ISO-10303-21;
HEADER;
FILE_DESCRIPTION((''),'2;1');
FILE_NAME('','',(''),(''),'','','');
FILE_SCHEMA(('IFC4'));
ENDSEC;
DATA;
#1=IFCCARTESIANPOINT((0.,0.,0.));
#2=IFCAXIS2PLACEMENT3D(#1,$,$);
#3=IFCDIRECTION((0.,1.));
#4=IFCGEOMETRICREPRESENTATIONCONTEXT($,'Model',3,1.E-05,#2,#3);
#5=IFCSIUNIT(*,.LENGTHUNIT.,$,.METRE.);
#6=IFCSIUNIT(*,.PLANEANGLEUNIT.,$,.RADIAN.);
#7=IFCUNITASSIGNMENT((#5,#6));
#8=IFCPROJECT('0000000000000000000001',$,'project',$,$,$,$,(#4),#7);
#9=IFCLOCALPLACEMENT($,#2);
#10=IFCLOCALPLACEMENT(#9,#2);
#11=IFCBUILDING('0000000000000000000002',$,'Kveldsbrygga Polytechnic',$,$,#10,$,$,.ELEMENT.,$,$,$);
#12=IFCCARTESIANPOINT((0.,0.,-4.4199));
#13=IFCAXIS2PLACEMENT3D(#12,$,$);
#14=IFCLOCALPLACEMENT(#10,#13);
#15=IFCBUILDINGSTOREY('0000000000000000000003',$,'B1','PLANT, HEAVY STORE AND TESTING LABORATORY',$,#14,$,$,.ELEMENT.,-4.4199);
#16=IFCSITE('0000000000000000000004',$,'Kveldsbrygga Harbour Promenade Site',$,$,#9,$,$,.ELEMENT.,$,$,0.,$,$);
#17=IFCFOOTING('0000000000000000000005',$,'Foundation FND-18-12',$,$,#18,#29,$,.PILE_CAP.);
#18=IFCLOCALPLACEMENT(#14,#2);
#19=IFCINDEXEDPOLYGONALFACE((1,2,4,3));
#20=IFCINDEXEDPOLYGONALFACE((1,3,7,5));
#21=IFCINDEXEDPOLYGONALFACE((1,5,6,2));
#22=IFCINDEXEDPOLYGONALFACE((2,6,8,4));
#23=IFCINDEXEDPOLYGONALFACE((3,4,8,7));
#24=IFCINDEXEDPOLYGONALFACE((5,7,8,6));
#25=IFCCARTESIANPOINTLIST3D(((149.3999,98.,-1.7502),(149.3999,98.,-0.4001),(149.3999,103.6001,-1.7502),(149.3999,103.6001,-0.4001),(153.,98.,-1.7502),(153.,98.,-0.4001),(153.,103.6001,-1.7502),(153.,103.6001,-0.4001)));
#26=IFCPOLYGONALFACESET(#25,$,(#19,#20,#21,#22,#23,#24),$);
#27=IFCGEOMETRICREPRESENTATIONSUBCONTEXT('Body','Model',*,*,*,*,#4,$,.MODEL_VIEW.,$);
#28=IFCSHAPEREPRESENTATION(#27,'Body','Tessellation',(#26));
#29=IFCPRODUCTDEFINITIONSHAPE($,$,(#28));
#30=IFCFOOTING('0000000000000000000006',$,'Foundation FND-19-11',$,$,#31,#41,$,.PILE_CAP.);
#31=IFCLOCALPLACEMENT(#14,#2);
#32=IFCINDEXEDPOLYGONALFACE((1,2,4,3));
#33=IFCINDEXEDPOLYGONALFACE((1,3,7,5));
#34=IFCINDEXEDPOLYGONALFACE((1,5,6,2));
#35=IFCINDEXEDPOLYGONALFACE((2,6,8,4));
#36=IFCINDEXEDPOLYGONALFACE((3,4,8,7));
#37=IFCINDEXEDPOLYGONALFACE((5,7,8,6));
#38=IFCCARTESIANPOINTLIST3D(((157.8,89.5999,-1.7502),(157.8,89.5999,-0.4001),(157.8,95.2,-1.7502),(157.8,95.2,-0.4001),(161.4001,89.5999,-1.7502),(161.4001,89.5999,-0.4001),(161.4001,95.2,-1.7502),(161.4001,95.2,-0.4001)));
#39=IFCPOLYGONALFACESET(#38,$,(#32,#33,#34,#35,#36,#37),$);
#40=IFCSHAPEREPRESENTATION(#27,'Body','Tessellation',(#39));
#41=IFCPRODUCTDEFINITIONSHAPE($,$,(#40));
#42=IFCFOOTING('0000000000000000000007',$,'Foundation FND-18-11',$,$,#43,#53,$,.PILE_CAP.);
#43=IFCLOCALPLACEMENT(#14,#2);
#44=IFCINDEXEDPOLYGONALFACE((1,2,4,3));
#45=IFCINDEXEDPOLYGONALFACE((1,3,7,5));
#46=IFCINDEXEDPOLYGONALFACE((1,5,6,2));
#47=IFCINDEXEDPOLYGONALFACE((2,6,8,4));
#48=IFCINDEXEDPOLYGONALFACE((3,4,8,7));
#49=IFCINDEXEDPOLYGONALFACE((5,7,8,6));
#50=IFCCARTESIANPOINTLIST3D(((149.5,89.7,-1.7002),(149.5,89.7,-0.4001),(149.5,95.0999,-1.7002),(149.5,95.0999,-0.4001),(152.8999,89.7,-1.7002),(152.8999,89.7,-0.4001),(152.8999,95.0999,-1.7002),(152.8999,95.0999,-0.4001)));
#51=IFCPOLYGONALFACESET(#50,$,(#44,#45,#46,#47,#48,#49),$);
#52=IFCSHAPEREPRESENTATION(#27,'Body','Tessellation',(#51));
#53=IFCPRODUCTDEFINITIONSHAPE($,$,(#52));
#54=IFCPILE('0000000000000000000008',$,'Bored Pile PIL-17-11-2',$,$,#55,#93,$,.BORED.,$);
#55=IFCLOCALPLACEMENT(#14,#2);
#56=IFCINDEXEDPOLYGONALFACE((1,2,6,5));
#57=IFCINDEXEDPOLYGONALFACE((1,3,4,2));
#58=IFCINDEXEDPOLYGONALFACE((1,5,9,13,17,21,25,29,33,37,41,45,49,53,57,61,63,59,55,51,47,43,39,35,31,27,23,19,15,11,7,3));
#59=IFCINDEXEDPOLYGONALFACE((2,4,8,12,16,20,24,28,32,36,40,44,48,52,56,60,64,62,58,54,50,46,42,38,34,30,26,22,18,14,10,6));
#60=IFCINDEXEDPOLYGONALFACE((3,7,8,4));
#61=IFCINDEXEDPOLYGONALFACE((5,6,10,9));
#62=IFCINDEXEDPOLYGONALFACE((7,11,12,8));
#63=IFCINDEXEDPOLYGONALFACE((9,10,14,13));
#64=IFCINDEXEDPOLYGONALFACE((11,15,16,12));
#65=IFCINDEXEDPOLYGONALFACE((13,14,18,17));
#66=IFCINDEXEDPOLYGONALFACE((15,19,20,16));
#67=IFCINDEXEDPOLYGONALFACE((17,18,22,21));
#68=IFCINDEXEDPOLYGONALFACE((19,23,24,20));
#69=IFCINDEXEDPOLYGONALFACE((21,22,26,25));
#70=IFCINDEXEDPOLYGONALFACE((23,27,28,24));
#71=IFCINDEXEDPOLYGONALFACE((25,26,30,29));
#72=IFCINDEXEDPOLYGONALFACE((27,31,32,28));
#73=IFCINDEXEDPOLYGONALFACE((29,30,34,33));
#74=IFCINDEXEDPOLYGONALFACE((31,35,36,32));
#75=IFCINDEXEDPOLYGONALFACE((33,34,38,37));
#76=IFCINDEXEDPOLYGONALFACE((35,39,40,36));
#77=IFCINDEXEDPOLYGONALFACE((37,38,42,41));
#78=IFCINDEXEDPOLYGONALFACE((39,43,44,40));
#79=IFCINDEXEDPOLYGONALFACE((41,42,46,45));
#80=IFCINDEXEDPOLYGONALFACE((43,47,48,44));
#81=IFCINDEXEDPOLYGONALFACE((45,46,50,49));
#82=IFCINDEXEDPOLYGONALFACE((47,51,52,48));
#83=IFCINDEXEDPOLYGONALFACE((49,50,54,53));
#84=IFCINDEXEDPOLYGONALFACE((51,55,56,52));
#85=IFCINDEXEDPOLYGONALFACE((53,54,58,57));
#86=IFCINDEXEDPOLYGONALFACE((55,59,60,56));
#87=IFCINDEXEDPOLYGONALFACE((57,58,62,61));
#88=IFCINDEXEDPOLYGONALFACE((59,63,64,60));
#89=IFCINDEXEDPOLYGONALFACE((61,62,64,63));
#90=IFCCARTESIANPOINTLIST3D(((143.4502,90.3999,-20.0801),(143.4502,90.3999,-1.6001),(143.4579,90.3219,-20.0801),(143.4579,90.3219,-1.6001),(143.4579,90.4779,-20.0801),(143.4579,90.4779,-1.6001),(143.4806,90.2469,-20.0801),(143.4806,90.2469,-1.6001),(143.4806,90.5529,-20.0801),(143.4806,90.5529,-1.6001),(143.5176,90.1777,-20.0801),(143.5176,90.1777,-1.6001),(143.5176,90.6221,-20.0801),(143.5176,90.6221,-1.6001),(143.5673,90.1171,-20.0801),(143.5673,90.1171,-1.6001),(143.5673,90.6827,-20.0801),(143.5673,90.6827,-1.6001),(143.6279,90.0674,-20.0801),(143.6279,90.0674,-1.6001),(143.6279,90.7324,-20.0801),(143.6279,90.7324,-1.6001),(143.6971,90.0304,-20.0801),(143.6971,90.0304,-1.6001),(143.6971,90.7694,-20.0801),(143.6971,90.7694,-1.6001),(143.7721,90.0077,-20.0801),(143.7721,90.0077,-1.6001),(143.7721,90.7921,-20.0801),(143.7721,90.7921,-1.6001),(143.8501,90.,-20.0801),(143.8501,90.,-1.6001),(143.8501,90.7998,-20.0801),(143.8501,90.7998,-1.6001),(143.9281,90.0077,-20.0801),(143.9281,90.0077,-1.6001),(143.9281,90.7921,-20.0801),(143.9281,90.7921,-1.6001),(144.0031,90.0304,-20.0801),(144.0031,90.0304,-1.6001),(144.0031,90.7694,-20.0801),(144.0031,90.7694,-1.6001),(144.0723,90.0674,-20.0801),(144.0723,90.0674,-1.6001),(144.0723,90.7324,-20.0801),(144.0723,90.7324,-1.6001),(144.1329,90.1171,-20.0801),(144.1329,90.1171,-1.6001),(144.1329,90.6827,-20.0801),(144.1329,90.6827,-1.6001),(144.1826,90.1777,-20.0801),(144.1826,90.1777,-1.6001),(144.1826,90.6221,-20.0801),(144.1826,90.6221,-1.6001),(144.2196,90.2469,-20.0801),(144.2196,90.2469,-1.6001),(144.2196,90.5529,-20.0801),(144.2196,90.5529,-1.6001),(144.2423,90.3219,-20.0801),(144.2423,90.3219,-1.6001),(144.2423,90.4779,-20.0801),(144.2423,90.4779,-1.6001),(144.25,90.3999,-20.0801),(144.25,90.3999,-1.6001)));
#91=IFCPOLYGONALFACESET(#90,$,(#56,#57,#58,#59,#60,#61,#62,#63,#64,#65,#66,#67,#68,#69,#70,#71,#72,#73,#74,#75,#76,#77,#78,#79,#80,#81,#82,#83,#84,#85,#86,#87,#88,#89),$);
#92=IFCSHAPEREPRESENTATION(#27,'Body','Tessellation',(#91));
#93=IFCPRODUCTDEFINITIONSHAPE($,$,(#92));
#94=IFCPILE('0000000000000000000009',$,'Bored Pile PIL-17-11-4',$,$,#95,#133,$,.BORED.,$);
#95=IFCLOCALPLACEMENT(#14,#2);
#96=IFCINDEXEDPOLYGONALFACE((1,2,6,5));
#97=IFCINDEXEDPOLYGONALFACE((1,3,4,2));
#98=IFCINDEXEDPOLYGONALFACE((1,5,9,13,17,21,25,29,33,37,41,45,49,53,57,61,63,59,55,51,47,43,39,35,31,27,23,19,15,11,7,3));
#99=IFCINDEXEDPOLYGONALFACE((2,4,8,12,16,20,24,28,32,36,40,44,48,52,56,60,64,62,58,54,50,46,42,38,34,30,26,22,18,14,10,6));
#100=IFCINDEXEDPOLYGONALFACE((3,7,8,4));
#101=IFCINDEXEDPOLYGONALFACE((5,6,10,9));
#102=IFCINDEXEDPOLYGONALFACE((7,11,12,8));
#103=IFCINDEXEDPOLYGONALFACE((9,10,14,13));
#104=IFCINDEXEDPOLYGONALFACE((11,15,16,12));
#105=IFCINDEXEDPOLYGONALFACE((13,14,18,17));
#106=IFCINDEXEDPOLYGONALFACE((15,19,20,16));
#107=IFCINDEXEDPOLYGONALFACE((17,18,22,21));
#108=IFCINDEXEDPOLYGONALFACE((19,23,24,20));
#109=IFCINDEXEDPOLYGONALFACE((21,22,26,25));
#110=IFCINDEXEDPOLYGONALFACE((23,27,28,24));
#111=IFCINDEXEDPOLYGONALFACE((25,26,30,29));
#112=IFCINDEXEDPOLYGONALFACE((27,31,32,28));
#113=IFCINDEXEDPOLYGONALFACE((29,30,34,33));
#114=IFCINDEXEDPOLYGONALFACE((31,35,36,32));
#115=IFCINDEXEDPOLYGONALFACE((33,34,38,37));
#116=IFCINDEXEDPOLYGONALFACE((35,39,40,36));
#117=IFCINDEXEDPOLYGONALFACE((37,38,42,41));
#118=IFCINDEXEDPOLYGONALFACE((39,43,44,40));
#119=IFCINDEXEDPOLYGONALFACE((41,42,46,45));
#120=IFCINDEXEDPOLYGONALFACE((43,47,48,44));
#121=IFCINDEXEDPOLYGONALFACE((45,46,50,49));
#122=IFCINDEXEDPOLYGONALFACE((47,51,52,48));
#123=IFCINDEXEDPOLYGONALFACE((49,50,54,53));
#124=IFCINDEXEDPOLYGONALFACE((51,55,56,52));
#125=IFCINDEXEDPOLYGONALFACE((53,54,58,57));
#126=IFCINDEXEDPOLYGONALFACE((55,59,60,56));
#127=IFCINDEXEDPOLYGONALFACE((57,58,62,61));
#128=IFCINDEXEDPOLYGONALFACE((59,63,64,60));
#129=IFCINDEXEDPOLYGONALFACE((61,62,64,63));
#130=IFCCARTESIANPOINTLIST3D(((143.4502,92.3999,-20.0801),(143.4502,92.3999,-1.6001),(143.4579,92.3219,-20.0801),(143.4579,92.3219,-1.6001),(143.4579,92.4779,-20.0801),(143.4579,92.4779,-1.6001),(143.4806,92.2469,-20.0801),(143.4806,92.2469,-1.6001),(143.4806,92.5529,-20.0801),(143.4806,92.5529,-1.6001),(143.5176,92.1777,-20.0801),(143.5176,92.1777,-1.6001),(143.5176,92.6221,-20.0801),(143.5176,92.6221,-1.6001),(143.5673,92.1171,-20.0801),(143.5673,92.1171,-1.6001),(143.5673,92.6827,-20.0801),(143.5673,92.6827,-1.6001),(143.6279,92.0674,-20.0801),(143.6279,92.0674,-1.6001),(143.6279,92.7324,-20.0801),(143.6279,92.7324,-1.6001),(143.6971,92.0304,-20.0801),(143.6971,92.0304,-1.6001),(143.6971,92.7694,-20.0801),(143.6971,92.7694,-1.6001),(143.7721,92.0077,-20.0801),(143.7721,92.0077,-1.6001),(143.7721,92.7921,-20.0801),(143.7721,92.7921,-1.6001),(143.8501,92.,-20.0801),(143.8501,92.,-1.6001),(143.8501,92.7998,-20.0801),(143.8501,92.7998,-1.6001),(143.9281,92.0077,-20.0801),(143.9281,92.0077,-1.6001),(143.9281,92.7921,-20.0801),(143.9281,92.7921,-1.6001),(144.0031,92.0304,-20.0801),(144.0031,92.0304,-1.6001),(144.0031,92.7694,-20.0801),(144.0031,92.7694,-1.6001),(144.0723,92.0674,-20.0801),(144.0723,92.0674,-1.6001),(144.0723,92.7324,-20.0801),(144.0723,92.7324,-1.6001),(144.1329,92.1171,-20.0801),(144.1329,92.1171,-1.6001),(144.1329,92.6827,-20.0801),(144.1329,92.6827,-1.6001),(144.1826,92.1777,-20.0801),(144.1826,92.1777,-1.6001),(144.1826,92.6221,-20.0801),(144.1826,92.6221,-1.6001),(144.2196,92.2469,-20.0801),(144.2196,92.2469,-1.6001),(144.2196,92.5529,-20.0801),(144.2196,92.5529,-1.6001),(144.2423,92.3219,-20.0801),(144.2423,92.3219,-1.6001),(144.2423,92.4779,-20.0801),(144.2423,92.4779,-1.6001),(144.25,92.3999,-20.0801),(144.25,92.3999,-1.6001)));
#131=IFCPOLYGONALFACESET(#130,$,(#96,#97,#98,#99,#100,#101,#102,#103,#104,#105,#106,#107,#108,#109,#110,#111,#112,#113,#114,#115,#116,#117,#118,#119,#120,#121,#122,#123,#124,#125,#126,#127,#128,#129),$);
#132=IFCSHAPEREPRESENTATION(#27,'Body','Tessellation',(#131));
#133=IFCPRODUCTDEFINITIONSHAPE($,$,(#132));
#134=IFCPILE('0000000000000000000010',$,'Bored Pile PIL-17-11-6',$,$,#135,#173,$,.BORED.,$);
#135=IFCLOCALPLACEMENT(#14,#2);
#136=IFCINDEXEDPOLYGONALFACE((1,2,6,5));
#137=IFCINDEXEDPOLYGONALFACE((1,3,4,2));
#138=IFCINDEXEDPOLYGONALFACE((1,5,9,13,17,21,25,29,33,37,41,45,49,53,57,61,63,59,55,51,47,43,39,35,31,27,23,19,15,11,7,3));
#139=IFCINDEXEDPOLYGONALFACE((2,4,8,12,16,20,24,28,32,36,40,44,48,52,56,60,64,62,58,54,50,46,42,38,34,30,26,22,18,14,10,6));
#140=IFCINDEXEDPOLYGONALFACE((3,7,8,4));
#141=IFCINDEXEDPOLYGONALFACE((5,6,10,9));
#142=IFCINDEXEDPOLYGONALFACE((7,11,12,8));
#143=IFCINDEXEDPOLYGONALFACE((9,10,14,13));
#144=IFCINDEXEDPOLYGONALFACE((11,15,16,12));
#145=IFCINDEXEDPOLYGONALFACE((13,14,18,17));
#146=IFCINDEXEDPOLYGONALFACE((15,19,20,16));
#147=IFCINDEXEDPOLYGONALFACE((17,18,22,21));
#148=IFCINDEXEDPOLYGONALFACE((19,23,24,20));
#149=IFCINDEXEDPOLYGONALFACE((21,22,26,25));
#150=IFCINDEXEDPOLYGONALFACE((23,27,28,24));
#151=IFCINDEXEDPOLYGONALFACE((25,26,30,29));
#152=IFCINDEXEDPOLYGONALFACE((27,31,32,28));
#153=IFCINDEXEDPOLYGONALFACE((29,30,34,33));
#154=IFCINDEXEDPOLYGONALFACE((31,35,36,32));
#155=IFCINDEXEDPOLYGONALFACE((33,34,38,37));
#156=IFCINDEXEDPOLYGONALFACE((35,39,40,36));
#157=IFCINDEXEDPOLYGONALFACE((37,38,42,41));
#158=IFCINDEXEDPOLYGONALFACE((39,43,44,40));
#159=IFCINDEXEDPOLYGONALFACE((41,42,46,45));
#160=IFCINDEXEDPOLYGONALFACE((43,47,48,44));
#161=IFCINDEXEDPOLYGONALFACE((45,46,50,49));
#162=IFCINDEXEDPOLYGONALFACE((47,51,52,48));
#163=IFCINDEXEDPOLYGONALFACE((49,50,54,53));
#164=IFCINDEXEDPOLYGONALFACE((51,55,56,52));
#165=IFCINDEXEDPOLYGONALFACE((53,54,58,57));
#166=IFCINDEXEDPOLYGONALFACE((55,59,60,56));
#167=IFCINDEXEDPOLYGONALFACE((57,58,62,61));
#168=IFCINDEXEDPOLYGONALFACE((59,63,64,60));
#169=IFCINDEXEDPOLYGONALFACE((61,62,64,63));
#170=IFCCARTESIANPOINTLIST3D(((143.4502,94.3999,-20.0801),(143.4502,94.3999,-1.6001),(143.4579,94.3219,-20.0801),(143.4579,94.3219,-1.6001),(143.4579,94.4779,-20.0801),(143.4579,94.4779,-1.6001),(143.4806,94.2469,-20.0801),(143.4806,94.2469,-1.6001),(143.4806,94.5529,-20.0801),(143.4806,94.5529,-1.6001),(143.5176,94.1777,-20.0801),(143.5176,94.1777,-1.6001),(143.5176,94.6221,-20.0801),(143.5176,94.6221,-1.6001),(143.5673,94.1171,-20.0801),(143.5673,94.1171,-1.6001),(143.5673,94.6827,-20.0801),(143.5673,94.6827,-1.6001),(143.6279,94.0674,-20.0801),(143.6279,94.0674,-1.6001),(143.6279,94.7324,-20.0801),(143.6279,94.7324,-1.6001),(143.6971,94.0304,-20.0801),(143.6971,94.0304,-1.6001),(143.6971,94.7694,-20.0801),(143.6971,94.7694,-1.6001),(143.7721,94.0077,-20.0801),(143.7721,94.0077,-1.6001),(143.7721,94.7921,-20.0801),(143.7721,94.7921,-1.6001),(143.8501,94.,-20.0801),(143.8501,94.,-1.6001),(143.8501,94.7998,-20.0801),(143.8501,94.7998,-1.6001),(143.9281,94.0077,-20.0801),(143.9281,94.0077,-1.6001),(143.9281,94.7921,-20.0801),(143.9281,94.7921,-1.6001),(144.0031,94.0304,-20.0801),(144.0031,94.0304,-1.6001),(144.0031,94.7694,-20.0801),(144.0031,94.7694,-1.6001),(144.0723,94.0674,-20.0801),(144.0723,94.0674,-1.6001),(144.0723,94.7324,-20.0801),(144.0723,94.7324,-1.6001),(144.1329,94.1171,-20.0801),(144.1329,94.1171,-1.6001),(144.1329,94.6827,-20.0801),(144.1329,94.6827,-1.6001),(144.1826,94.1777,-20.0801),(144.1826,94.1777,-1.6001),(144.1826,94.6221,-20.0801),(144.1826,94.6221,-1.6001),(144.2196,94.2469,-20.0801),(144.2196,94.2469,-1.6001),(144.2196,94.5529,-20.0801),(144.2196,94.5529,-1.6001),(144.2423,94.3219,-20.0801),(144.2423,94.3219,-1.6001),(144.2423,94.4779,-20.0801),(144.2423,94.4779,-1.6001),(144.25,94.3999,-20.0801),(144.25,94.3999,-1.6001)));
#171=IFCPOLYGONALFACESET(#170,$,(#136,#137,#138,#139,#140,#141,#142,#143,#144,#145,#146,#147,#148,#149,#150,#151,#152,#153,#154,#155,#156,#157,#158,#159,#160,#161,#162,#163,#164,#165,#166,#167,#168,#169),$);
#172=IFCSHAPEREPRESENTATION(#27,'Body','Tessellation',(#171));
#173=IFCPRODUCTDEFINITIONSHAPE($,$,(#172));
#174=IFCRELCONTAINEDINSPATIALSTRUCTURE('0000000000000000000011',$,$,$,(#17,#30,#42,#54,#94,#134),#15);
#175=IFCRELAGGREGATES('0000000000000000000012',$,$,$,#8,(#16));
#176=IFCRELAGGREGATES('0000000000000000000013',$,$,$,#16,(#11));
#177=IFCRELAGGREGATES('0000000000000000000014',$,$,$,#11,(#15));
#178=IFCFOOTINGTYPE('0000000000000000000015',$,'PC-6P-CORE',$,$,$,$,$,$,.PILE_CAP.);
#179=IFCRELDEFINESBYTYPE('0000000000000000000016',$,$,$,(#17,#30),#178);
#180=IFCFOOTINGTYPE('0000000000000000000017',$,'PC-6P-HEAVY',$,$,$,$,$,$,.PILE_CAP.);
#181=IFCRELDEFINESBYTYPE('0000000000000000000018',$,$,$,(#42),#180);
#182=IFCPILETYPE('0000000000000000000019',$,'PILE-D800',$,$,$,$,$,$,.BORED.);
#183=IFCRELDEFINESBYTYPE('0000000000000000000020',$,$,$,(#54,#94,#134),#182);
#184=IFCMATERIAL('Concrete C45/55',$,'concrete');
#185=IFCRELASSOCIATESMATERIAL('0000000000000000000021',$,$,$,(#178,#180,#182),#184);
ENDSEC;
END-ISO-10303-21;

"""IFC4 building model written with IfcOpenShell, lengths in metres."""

from ifc_helpers import new_model, si_unit, direction, frame, origin, origin_2d, place, context, subcontext, project, spatial, rectangle, circle, extrude, material, material_profile, profile_set, type_object, element, save


model = new_model("IFC4")

# Units and contexts
model_context = context("Model", 3, precision=1e-05, world=origin(), true_north=direction((0.0, 1.0)))
body_context = subcontext(model_context, "Body", "Model", "MODEL_VIEW")
ifc_project = project(units=[si_unit("LENGTHUNIT", "METRE"), si_unit("PLANEANGLEUNIT", "RADIAN")], contexts=[model_context])

# Site, building, storey
site_placement = place(None, origin())
site = spatial("IfcSite", under=ifc_project, at=site_placement, Name="Kveldsbrygga Harbour Promenade Site", CompositionType="ELEMENT", RefElevation=0.0)
building_placement = place(site_placement, origin())
building = spatial("IfcBuilding", under=site, at=building_placement, Name="Kveldsbrygga Polytechnic", CompositionType="ELEMENT")
storey_placement = place(building_placement, frame((0.0, 0.0, -4.4199)))
storey = spatial("IfcBuildingStorey", under=building, at=storey_placement, Name="B1", Description="PLANT, HEAVY STORE AND TESTING LABORATORY", CompositionType="ELEMENT", Elevation=-4.4199)

# Footings
ifc_material_1 = material(Name="Concrete C45/55", Category="concrete")
footing_type_1 = type_object("IfcFootingType", Name="PC-6P-CORE", PredefinedType="PILE_CAP", material=ifc_material_1)
for number, where, z_axis, x_axis, name in (
    (1, (151.2, 100.8, -1.7502), (0.0, 0.0, 1.0), (1.0, 0.0, 0.0), "Foundation FND-18-12"),
    (2, (159.6001, 92.3999, -1.7502), (0.0, 0.0, 1.0), (1.0, 0.0, 0.0), "Foundation FND-19-11"),
):
    element("IfcFooting", number, at=place(storey_placement, frame(where, z_axis=z_axis, x_axis=x_axis)), inside=storey, type_object=footing_type_1, Name=name, PredefinedType="PILE_CAP", context=body_context, shape_type="SweptSolid", body=[
        extrude(rectangle(XDim=3.6001, YDim=5.6001, at=origin_2d()), origin(), (0.0, 0.0, 1.0), 1.3501),
    ])
footing_type_2 = type_object("IfcFootingType", Name="PC-6P-HEAVY", PredefinedType="PILE_CAP", material=ifc_material_1)
footing_placement = place(storey_placement, frame((151.2, 92.3999, -1.7002), z_axis=(0.0, 0.0, 1.0), x_axis=(1.0, 0.0, 0.0)))
element("IfcFooting", 3, at=footing_placement, inside=storey, type_object=footing_type_2, Name="Foundation FND-18-11", PredefinedType="PILE_CAP", context=body_context, shape_type="SweptSolid", body=[
    extrude(rectangle(XDim=3.3999, YDim=5.3999, at=origin_2d()), origin(), (0.0, 0.0, 1.0), 1.3),
])

# Piles
ifc_material_profile_1 = material_profile(ifc_material_1, circle(Radius=0.3999, at=origin_2d()), Name="PILE D800")
ifc_profile_set_1 = profile_set([ifc_material_profile_1], Name="Concrete C45/55")
pile_type = type_object("IfcPileType", Name="PILE-D800", PredefinedType="BORED", material=ifc_profile_set_1)
for number, where, z_axis, x_axis, name in (
    (4, (143.8501, 90.3999, -1.6001), (0.0, 0.0, -1.0), (1.0, 0.0, 0.0), "Bored Pile PIL-17-11-2"),
    (5, (143.8501, 92.3999, -1.6001), (0.0, 0.0, -1.0), (1.0, 0.0, 0.0), "Bored Pile PIL-17-11-4"),
    (6, (143.8501, 94.3999, -1.6001), (0.0, 0.0, -1.0), (1.0, 0.0, 0.0), "Bored Pile PIL-17-11-6"),
):
    element("IfcPile", number, at=place(storey_placement, frame(where, z_axis=z_axis, x_axis=x_axis)), inside=storey, type_object=pile_type, Name=name, PredefinedType="BORED", context=body_context, shape_type="SweptSolid", body=[
        extrude(circle(Radius=0.3999, at=origin_2d()), origin(), (0.0, 0.0, 1.0), 18.48),
    ])

save(model, "model.ifc")
